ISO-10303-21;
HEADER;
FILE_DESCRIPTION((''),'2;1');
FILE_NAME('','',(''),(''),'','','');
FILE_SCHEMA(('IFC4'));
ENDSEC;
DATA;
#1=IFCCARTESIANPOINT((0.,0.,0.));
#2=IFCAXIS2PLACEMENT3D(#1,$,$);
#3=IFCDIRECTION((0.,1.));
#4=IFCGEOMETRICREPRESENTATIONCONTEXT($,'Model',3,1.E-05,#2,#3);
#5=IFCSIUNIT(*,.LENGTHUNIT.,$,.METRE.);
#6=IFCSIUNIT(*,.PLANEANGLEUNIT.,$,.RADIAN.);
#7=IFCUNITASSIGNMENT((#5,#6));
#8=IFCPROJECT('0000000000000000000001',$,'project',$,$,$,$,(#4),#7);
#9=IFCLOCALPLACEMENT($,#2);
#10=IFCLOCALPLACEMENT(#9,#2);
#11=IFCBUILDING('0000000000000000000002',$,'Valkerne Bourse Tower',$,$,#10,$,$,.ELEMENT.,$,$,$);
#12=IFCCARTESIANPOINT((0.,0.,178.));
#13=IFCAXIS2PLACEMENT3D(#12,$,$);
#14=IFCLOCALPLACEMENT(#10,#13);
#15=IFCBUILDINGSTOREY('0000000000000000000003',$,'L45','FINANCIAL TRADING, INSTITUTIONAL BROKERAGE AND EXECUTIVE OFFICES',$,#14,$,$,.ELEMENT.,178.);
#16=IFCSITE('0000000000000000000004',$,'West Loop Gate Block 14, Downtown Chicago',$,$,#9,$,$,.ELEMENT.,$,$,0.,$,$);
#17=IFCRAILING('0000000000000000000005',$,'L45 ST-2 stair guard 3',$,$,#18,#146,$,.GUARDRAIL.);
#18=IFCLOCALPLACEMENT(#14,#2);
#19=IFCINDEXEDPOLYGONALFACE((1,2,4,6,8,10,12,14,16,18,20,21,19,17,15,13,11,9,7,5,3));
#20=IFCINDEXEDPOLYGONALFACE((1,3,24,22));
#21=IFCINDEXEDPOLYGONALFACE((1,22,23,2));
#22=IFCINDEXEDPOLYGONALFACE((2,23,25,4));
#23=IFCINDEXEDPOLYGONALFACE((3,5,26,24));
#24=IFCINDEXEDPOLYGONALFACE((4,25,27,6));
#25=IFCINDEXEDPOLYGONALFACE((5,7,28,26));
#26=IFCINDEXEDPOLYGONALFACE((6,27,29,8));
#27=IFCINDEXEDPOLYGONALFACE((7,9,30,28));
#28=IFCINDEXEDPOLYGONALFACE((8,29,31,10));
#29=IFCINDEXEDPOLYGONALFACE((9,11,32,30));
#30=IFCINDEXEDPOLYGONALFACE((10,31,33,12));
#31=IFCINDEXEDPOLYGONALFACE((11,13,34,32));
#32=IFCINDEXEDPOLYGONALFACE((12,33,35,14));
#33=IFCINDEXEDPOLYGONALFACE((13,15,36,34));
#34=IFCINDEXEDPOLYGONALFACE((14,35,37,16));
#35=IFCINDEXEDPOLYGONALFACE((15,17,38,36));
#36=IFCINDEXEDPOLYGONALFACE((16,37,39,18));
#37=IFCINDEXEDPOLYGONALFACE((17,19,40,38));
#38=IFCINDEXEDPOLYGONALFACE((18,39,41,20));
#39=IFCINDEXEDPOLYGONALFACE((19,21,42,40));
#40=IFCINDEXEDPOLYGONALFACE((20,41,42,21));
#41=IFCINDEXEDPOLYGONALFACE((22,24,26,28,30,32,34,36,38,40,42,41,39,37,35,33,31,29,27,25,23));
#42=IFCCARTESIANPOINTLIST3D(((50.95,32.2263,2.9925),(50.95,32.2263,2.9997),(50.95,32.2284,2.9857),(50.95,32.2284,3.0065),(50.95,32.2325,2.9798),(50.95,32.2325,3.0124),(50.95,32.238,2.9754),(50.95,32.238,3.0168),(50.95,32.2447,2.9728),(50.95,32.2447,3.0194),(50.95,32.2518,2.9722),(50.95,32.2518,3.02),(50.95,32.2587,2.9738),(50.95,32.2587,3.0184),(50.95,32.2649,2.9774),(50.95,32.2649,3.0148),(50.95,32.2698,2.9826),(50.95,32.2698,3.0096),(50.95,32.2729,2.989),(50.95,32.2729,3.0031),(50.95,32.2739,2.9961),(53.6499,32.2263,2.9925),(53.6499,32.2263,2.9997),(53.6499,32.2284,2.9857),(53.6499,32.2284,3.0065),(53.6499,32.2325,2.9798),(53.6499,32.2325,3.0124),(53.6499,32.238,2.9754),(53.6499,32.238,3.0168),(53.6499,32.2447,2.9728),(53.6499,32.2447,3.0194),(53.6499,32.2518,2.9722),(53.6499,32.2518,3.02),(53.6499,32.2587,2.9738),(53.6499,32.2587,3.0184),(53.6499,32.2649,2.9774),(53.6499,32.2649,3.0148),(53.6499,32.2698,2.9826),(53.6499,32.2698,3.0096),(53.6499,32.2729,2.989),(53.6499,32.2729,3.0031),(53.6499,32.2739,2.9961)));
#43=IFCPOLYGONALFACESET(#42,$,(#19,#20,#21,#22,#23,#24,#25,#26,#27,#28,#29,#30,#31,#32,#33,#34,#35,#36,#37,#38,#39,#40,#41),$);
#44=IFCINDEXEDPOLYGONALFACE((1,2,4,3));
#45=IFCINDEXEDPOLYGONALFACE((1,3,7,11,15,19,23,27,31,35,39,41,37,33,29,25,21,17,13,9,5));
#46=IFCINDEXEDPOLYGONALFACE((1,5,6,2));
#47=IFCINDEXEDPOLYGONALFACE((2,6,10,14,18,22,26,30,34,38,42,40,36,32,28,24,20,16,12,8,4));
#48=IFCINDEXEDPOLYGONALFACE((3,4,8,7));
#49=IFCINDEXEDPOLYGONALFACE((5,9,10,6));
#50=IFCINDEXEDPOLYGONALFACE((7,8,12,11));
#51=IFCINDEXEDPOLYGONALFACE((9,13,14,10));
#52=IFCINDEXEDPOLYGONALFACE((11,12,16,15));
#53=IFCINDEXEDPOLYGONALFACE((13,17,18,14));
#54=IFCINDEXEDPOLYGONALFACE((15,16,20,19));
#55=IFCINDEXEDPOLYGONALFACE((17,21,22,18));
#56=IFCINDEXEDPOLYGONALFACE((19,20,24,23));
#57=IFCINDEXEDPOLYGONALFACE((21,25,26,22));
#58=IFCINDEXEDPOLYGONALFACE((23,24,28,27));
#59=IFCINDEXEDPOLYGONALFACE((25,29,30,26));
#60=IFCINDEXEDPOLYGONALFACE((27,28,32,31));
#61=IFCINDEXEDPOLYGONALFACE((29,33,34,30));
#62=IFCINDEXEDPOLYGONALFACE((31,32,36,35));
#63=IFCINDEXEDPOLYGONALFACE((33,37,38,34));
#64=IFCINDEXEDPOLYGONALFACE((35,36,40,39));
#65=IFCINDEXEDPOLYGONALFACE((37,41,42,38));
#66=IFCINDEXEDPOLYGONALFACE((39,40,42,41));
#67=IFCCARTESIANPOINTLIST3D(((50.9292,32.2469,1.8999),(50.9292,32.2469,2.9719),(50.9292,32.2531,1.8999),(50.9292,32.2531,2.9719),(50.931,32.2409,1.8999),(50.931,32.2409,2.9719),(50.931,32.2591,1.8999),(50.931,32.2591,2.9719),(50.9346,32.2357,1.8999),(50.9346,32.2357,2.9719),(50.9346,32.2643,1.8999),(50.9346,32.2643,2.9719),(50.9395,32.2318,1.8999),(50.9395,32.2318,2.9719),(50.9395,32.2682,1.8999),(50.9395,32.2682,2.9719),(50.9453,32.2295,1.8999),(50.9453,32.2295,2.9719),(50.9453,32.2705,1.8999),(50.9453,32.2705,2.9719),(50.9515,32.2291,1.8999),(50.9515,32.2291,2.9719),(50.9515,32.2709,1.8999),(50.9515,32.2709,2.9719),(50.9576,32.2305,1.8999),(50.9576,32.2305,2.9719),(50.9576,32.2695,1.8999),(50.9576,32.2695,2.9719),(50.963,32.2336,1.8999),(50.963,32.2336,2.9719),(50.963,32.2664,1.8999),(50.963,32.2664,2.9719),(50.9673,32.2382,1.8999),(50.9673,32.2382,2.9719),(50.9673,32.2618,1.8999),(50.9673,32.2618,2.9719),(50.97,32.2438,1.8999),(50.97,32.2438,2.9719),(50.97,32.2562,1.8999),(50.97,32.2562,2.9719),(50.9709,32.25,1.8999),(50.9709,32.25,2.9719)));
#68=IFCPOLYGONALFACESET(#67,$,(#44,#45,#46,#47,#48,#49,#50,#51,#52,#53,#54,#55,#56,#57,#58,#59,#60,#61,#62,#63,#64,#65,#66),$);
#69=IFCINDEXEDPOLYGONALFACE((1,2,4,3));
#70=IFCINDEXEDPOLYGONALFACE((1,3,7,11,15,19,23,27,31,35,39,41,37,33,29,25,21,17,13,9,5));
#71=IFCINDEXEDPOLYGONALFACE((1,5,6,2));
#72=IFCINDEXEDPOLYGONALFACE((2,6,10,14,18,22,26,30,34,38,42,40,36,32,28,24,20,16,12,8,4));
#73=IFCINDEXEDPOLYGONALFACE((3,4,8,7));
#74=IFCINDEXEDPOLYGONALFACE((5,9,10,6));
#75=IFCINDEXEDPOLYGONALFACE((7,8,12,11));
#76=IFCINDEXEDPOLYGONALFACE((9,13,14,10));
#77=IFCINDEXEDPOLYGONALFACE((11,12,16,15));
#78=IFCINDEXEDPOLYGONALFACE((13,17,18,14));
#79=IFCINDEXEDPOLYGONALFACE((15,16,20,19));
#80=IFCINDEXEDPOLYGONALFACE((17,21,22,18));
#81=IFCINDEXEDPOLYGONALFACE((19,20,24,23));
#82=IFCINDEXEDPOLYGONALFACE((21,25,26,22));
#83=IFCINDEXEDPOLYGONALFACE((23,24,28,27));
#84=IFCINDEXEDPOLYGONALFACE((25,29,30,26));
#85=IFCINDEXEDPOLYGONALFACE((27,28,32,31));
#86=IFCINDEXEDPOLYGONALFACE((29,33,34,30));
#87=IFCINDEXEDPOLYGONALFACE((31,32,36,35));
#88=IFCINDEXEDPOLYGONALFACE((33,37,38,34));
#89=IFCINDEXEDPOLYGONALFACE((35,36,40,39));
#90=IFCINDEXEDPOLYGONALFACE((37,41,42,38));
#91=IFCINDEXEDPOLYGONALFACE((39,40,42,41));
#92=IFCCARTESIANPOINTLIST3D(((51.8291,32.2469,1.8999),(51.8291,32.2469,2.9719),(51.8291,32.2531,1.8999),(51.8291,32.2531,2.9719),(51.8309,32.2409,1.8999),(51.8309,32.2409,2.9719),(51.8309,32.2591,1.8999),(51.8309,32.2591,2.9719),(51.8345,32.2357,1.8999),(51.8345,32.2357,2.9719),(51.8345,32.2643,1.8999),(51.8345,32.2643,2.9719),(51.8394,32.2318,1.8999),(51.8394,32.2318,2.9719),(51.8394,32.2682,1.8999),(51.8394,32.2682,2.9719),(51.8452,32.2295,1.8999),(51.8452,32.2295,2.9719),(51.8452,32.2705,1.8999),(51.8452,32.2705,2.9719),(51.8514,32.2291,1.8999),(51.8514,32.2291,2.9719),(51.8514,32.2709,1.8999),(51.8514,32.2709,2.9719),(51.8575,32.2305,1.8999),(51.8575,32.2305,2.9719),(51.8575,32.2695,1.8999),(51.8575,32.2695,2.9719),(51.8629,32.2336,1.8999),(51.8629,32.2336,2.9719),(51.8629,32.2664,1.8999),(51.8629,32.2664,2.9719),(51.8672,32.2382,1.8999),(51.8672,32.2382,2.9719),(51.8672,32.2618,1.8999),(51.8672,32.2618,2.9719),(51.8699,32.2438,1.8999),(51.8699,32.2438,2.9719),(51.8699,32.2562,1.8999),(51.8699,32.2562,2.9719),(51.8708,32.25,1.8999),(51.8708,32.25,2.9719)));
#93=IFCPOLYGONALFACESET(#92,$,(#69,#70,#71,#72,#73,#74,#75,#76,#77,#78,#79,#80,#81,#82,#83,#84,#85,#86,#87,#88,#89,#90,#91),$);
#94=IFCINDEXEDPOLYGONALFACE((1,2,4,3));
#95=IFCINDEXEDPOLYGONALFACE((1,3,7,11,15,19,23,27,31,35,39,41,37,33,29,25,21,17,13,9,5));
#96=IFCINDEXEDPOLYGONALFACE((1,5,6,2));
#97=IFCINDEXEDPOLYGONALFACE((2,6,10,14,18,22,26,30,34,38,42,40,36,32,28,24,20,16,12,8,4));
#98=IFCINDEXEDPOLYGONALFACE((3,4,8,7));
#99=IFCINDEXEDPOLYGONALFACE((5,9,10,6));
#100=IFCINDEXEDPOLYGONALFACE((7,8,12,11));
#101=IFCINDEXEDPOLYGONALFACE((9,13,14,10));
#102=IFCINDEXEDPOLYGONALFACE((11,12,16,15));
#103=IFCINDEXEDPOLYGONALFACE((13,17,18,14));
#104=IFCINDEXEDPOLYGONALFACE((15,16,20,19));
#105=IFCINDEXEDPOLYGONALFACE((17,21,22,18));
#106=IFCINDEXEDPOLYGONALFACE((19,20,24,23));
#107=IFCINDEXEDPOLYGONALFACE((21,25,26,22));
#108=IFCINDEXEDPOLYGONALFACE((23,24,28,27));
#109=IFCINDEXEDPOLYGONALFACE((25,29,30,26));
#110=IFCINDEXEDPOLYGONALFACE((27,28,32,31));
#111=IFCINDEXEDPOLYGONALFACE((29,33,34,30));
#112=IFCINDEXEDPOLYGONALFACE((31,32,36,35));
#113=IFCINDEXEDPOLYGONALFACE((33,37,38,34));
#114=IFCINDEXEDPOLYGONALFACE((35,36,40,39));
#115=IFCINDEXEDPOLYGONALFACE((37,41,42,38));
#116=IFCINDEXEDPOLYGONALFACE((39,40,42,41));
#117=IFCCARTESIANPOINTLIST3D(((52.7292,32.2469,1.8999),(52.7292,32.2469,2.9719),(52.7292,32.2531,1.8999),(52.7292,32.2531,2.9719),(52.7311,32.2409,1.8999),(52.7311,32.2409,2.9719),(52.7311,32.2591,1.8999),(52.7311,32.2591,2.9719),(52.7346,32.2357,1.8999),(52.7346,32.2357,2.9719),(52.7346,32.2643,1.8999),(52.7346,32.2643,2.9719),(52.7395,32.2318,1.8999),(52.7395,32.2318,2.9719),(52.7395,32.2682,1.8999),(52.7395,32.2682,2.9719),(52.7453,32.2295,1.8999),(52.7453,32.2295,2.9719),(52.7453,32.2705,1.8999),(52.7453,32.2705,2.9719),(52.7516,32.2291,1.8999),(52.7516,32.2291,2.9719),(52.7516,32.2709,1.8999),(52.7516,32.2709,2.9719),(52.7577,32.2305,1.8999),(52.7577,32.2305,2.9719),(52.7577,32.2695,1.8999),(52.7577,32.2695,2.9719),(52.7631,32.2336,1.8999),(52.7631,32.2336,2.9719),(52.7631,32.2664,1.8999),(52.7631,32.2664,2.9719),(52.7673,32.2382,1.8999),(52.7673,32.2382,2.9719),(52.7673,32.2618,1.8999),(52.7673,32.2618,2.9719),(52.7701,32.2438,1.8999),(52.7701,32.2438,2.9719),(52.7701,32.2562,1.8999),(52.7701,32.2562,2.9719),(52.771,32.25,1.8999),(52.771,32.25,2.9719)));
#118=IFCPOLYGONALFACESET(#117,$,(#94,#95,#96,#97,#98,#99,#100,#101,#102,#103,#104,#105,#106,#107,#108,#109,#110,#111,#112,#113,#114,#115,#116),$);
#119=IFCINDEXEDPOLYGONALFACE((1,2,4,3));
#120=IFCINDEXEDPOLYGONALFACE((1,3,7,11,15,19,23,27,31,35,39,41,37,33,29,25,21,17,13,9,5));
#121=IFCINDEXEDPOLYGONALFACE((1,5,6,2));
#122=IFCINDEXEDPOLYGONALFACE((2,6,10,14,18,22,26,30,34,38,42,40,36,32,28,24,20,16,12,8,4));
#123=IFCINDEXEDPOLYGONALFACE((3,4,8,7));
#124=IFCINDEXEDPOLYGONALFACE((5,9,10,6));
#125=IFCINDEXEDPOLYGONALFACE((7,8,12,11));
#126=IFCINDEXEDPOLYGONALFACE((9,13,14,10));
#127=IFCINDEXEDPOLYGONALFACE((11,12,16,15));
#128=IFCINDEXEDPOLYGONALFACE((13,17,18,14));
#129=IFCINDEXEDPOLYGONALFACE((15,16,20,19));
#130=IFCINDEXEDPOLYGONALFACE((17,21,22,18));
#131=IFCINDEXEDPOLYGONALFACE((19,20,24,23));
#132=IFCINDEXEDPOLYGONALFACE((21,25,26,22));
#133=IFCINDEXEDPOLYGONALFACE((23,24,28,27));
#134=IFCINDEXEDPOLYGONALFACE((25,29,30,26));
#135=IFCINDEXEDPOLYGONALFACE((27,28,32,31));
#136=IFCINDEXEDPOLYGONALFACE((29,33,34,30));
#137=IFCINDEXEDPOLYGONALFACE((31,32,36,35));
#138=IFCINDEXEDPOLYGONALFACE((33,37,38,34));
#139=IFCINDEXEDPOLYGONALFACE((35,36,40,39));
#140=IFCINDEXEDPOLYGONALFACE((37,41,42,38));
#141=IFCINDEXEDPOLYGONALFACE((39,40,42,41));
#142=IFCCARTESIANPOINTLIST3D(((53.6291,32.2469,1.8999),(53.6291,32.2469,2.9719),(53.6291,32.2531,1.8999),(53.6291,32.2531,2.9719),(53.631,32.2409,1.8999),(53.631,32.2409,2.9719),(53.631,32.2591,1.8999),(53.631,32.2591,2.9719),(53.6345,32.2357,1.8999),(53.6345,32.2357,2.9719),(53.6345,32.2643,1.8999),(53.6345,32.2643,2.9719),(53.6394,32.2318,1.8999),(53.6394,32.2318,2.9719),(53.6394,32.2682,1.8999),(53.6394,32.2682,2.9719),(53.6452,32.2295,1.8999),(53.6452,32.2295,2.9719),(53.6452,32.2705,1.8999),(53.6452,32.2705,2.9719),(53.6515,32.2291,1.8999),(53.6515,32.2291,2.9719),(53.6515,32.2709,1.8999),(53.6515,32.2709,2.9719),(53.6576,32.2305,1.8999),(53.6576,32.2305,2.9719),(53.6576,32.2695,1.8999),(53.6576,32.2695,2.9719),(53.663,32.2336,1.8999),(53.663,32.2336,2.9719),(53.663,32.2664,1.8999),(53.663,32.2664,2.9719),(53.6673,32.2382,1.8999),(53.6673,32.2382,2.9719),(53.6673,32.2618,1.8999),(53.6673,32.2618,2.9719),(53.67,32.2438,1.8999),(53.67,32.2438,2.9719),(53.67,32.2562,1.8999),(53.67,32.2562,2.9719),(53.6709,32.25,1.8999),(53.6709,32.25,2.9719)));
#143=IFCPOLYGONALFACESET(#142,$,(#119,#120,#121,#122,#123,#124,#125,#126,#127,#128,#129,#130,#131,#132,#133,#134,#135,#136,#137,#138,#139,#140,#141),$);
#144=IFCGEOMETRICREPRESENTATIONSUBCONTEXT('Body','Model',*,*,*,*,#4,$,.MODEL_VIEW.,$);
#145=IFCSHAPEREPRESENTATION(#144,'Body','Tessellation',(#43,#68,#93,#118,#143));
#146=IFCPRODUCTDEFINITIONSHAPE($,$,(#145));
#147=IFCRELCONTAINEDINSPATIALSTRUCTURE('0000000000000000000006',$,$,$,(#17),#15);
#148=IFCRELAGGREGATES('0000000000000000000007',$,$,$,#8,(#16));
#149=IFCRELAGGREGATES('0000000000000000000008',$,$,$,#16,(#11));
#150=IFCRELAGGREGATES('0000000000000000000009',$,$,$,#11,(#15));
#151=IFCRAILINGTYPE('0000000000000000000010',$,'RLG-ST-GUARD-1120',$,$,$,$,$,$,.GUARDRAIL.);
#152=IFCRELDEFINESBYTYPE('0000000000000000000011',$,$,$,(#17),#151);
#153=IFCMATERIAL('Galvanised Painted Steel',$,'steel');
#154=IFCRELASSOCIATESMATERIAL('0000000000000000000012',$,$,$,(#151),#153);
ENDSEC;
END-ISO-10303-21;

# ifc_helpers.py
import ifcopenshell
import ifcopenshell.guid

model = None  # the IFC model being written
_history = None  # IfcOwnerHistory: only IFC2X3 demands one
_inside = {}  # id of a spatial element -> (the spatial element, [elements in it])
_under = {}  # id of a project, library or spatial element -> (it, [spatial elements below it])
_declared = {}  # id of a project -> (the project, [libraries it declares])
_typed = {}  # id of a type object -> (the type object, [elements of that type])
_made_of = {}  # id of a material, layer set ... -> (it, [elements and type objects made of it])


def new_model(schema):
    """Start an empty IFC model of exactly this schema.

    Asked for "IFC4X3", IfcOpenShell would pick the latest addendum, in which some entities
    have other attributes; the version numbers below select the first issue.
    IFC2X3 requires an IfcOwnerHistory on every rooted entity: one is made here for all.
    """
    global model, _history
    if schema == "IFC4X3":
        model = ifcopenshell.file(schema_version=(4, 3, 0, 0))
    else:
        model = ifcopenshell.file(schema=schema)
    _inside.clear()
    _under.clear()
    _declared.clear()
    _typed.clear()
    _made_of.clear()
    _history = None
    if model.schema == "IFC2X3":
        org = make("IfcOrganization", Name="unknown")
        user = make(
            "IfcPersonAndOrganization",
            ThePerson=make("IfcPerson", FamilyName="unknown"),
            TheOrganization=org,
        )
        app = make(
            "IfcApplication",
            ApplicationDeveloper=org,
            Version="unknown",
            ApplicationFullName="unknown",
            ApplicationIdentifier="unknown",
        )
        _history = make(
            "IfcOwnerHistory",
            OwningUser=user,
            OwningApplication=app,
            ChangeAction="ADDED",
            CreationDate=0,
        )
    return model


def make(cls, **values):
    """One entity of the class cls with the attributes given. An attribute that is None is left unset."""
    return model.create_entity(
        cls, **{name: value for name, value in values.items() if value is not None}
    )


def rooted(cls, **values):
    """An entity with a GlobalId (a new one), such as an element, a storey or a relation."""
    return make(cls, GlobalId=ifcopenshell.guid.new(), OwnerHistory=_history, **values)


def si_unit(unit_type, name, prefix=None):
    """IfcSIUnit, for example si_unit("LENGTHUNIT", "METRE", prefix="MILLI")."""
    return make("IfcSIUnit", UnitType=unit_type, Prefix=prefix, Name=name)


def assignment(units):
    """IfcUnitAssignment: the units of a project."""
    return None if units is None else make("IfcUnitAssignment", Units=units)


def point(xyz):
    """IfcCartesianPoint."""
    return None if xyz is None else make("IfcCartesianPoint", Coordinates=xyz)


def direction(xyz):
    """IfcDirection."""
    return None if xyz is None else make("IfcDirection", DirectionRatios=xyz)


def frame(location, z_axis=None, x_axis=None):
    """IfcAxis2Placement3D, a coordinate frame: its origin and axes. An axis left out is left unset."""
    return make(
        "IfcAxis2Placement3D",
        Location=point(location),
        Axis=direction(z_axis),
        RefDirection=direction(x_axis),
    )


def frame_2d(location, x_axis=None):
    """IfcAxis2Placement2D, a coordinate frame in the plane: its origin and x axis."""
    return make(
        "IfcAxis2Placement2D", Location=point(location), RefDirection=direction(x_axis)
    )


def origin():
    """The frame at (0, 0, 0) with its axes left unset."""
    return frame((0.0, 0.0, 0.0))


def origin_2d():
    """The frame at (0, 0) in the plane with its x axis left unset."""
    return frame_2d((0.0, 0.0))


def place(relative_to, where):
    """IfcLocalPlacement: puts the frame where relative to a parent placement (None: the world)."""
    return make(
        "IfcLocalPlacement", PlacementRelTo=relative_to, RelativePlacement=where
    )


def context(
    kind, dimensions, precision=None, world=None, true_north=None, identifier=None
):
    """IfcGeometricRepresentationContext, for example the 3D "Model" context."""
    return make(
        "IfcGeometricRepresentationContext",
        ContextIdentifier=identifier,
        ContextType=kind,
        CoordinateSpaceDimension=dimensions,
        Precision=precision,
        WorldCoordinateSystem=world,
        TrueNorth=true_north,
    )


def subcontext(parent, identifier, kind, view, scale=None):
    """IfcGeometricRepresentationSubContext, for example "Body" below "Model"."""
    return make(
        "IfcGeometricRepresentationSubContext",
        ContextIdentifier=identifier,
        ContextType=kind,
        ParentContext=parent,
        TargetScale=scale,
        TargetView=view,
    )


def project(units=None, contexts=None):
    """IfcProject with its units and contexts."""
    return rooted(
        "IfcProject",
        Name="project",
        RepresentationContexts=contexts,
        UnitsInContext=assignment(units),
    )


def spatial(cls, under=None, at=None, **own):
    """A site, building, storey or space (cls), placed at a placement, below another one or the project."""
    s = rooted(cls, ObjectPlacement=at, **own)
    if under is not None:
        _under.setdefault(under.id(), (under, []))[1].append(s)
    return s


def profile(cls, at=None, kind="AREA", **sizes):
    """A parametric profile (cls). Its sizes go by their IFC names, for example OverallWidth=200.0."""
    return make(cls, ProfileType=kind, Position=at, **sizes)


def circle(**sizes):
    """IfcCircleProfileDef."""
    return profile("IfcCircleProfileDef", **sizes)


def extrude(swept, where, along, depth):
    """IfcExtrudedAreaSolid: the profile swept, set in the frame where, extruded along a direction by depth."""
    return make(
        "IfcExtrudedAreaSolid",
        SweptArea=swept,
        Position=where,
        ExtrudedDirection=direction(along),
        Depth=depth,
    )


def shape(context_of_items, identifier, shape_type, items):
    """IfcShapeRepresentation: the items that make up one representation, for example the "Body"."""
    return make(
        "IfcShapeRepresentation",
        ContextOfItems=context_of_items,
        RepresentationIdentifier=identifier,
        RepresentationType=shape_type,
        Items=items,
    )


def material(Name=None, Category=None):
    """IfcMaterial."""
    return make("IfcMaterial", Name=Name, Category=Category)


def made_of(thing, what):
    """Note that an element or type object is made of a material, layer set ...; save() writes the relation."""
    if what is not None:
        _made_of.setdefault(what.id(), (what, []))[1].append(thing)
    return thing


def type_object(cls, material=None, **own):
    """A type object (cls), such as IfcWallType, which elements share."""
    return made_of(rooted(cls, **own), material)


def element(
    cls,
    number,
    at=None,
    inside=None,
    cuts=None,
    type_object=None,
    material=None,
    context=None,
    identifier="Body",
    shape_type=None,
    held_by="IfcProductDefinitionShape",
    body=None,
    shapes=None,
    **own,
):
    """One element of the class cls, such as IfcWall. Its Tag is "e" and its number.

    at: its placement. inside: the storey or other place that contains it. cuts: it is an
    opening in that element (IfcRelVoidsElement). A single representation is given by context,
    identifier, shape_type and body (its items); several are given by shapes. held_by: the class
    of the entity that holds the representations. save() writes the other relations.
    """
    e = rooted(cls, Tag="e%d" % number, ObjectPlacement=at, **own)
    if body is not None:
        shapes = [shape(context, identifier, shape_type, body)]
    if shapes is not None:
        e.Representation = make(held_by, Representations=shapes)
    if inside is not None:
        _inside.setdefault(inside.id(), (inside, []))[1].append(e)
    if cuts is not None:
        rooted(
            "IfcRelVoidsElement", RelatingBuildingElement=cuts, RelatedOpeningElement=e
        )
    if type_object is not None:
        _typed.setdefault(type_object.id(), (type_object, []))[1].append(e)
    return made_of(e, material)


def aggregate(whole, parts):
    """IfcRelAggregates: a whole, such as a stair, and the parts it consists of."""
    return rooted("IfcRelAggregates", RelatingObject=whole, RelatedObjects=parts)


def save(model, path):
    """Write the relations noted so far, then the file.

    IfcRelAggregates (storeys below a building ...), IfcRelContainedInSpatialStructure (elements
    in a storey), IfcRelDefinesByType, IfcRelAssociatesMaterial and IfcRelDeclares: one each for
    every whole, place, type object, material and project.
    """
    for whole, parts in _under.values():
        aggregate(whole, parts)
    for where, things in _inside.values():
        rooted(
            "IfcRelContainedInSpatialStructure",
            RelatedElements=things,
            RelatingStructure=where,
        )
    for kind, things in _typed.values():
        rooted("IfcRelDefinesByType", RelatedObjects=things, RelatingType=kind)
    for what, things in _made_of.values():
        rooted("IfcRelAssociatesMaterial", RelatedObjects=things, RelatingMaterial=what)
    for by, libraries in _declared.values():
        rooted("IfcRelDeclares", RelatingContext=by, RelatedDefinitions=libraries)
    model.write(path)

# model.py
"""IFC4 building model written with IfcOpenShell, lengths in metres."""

from ifc_helpers import new_model, si_unit, direction, frame, origin, origin_2d, place, context, subcontext, project, spatial, circle, extrude, material, type_object, element, save


model = new_model("IFC4")

# Units and contexts
model_context = context("Model", 3, precision=1e-05, world=origin(), true_north=direction((0.0, 1.0)))
body_context = subcontext(model_context, "Body", "Model", "MODEL_VIEW")
ifc_project = project(units=[si_unit("LENGTHUNIT", "METRE"), si_unit("PLANEANGLEUNIT", "RADIAN")], contexts=[model_context])

# Site, building, storey
site_placement = place(None, origin())
site = spatial("IfcSite", under=ifc_project, at=site_placement, Name="West Loop Gate Block 14, Downtown Chicago", CompositionType="ELEMENT", RefElevation=0.0)
building_placement = place(site_placement, origin())
building = spatial("IfcBuilding", under=site, at=building_placement, Name="Valkerne Bourse Tower", CompositionType="ELEMENT")
storey_placement = place(building_placement, frame((0.0, 0.0, 178.0)))
storey = spatial("IfcBuildingStorey", under=building, at=storey_placement, Name="L45", Description="FINANCIAL TRADING, INSTITUTIONAL BROKERAGE AND EXECUTIVE OFFICES", CompositionType="ELEMENT", Elevation=178.0)

# Shared definitions
ifc_material_1 = material(Name="Galvanised Painted Steel", Category="steel")

# Railing
railing_type_1 = type_object("IfcRailingType", Name="RLG-ST-GUARD-1120", PredefinedType="GUARDRAIL", material=ifc_material_1)
railing_1_placement = place(storey_placement, frame((50.95, 32.25, 1.8999)))
element("IfcRailing", 1, at=railing_1_placement, inside=storey, type_object=railing_type_1, Name="L45 ST-2 stair guard 3", PredefinedType="GUARDRAIL", context=body_context, shape_type="SweptSolid", body=[
    extrude(circle(Radius=0.0239, at=origin_2d()), frame((0.0, 0.0, 1.0962), z_axis=(1.0, 0.0, 0.0), x_axis=(0.0, 1.0, 0.0)), (0.0, 0.0, 1.0), 2.7),
    extrude(circle(Radius=0.021, at=origin_2d()), origin(), (0.0, 0.0, 1.0), 1.072),
    extrude(circle(Radius=0.021, at=origin_2d()), frame((0.8999, 0.0, 0.0)), (0.0, 0.0, 1.0), 1.072),
    extrude(circle(Radius=0.021, at=origin_2d()), frame((1.8, 0.0, 0.0)), (0.0, 0.0, 1.0), 1.072),
    extrude(circle(Radius=0.021, at=origin_2d()), frame((2.7, 0.0, 0.0)), (0.0, 0.0, 1.0), 1.072),
])

save(model, "model.ifc")
